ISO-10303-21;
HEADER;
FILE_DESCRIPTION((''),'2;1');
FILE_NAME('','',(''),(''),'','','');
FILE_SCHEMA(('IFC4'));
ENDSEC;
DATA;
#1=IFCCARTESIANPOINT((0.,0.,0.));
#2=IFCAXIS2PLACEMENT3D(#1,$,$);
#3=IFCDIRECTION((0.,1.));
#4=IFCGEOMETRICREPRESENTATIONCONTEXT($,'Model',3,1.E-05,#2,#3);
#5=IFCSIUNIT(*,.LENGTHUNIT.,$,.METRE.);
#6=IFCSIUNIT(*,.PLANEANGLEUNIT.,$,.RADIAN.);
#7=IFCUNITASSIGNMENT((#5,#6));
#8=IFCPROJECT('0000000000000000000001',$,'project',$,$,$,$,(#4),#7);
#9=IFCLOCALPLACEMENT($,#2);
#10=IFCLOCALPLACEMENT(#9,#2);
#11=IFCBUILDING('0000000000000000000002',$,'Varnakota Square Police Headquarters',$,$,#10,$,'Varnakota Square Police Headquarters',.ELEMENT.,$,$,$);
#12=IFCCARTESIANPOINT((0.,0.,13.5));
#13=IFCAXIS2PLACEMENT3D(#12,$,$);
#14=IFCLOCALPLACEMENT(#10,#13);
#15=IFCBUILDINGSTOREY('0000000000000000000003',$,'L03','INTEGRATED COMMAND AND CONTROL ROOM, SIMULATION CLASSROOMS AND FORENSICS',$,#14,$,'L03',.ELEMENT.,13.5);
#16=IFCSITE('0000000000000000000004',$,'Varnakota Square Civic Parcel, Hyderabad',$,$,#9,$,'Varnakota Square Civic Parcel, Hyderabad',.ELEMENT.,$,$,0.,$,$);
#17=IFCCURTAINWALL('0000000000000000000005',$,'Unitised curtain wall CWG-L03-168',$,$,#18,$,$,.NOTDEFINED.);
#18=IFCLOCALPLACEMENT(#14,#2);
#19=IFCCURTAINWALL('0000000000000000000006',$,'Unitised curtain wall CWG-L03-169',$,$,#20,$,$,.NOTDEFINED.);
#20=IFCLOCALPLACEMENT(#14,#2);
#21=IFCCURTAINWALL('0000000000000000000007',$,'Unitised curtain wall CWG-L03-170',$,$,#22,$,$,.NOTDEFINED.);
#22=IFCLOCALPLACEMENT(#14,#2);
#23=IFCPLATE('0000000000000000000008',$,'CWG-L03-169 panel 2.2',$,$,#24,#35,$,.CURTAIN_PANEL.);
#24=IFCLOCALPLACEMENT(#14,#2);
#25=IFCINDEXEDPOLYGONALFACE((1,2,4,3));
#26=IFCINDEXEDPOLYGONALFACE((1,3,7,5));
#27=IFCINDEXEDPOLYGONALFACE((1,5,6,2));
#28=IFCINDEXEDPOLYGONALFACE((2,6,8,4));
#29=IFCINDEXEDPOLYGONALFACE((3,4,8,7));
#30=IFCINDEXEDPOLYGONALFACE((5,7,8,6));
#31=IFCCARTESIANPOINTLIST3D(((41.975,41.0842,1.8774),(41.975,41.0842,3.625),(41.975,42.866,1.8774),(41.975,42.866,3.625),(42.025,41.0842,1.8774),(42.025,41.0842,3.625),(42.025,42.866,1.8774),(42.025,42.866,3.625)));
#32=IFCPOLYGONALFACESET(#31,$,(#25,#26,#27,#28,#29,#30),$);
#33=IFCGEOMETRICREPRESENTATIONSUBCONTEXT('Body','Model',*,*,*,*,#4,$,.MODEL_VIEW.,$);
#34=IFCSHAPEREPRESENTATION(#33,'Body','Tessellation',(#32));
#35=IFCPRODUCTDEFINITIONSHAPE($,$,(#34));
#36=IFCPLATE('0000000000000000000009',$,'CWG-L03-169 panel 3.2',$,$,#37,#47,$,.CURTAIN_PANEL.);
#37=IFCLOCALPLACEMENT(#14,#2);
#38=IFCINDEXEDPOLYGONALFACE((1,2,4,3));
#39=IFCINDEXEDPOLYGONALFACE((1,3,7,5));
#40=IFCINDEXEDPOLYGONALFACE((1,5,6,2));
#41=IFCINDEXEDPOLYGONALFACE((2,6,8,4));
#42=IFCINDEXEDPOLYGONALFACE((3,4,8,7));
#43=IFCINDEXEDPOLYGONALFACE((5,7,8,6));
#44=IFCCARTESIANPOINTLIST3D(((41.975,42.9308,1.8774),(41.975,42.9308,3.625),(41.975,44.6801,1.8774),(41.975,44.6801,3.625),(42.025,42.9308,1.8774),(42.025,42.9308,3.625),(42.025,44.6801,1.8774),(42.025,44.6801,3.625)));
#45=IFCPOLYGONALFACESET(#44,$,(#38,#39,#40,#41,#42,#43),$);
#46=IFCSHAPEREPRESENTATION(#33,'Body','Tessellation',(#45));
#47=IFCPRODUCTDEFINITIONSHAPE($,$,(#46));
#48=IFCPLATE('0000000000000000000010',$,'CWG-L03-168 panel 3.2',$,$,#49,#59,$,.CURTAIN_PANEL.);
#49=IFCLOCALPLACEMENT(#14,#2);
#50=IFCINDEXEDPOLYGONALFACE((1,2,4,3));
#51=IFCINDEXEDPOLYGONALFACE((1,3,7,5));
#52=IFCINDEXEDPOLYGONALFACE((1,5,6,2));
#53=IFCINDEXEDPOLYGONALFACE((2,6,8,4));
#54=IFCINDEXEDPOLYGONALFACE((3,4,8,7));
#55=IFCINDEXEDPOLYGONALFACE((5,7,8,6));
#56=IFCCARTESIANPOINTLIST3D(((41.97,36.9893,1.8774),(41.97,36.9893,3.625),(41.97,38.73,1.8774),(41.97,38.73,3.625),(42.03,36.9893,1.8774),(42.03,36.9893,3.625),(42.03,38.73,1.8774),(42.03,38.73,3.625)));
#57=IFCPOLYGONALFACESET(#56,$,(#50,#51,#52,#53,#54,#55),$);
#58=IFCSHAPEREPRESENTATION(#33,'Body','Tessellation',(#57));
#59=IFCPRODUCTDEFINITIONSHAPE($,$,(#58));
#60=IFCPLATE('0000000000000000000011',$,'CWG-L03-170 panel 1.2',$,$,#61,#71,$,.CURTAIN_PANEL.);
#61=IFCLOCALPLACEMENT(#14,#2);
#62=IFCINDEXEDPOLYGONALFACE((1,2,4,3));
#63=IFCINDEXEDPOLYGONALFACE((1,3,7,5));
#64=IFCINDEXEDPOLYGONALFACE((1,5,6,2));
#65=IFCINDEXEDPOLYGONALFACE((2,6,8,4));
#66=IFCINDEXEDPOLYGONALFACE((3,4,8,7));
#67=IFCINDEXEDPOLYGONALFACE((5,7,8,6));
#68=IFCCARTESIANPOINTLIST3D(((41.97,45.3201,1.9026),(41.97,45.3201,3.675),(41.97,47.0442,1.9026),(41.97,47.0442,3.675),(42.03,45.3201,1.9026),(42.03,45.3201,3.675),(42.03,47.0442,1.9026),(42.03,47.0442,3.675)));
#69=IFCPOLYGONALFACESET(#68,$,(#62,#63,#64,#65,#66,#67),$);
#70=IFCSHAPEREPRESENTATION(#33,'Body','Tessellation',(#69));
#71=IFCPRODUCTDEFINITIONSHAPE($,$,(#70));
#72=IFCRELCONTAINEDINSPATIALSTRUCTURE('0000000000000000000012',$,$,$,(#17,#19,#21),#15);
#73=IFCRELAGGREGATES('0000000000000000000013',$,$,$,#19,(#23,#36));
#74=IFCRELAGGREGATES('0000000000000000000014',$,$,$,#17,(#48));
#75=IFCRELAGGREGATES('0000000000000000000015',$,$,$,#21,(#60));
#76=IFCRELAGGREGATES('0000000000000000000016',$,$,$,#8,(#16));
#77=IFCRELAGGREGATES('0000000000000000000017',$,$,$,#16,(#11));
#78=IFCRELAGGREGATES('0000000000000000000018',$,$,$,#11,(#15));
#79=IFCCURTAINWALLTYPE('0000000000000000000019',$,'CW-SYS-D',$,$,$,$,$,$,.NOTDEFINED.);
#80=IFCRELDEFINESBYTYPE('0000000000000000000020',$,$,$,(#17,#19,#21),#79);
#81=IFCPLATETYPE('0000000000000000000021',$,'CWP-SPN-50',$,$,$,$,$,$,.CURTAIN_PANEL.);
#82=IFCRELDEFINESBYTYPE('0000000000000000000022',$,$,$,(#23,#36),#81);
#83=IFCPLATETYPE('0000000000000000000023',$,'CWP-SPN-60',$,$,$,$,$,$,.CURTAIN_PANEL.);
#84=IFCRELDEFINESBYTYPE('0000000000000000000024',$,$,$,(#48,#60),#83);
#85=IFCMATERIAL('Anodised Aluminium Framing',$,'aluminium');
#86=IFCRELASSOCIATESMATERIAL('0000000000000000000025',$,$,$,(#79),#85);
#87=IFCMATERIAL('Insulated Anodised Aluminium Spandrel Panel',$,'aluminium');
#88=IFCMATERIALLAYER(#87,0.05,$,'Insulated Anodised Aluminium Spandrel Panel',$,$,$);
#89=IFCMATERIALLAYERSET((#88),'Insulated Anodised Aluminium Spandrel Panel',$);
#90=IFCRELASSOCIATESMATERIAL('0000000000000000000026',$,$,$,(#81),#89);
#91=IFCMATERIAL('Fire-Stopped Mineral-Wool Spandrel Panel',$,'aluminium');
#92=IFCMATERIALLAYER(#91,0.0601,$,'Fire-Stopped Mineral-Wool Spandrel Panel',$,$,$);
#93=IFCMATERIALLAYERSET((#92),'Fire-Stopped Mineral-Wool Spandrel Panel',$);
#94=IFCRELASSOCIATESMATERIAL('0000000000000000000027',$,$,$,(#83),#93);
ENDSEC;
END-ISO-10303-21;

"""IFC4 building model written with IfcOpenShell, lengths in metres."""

from ifc_helpers import new_model, si_unit, direction, frame, origin, origin_2d, place, context, subcontext, project, spatial, rectangle, extrude, material, layer, layer_set, type_object, element, aggregate, save


model = new_model("IFC4")

# Units and contexts
model_context = context("Model", 3, precision=1e-05, world=origin(), true_north=direction((0.0, 1.0)))
body_context = subcontext(model_context, "Body", "Model", "MODEL_VIEW")
ifc_project = project(units=[si_unit("LENGTHUNIT", "METRE"), si_unit("PLANEANGLEUNIT", "RADIAN")], contexts=[model_context])

# Site, building, storey
site_placement = place(None, origin())
site = spatial("IfcSite", under=ifc_project, at=site_placement, Name="Varnakota Square Civic Parcel, Hyderabad", LongName="Varnakota Square Civic Parcel, Hyderabad", CompositionType="ELEMENT", RefElevation=0.0)
building_placement = place(site_placement, origin())
building = spatial("IfcBuilding", under=site, at=building_placement, Name="Varnakota Square Police Headquarters", LongName="Varnakota Square Police Headquarters", CompositionType="ELEMENT")
storey_placement = place(building_placement, frame((0.0, 0.0, 13.5)))
storey = spatial("IfcBuildingStorey", under=building, at=storey_placement, Name="L03", Description="INTEGRATED COMMAND AND CONTROL ROOM, SIMULATION CLASSROOMS AND FORENSICS", LongName="L03", CompositionType="ELEMENT", Elevation=13.5)

# Curtain wall
ifc_material_1 = material(Name="Anodised Aluminium Framing", Category="aluminium")
curtain_wall_type = type_object("IfcCurtainWallType", Name="CW-SYS-D", PredefinedType="NOTDEFINED", material=ifc_material_1)
curtain_wall_1_placement = place(storey_placement, origin())
curtain_wall_1 = element("IfcCurtainWall", 1, at=curtain_wall_1_placement, inside=storey, type_object=curtain_wall_type, Name="Unitised curtain wall CWG-L03-168", PredefinedType="NOTDEFINED")

# Curtain walls
curtain_wall_2_placement = place(storey_placement, origin())
curtain_wall_2 = element("IfcCurtainWall", 2, at=curtain_wall_2_placement, inside=storey, type_object=curtain_wall_type, Name="Unitised curtain wall CWG-L03-169", PredefinedType="NOTDEFINED")
curtain_wall_3_placement = place(storey_placement, origin())
curtain_wall_3 = element("IfcCurtainWall", 3, at=curtain_wall_3_placement, inside=storey, type_object=curtain_wall_type, Name="Unitised curtain wall CWG-L03-170", PredefinedType="NOTDEFINED")

# Plates
ifc_material_2 = material(Name="Insulated Anodised Aluminium Spandrel Panel", Category="aluminium")
ifc_layer_1 = layer(ifc_material_2, 0.05, Name="Insulated Anodised Aluminium Spandrel Panel")
ifc_layer_set_1 = layer_set([ifc_layer_1], Name="Insulated Anodised Aluminium Spandrel Panel")
plate_type_1 = type_object("IfcPlateType", Name="CWP-SPN-50", PredefinedType="CURTAIN_PANEL", material=ifc_layer_set_1)
plate_1_placement = place(storey_placement, frame((42.0, 41.9751, 1.8774), z_axis=(0.0, 0.0, 1.0), x_axis=(0.0, 1.0, 0.0)))
plate_1 = element("IfcPlate", 4, at=plate_1_placement, type_object=plate_type_1, Name="CWG-L03-169 panel 2.2", PredefinedType="CURTAIN_PANEL", context=body_context, shape_type="SweptSolid", body=[
    extrude(rectangle(XDim=1.7817, YDim=0.05, at=origin_2d()), origin(), (0.0, 0.0, 1.0), 1.7476),
])
plate_2_placement = place(storey_placement, frame((42.0, 43.8054, 1.8774), z_axis=(0.0, 0.0, 1.0), x_axis=(0.0, 1.0, 0.0)))
plate_2 = element("IfcPlate", 5, at=plate_2_placement, type_object=plate_type_1, Name="CWG-L03-169 panel 3.2", PredefinedType="CURTAIN_PANEL", context=body_context, shape_type="SweptSolid", body=[
    extrude(rectangle(XDim=1.7493, YDim=0.05, at=origin_2d()), origin(), (0.0, 0.0, 1.0), 1.7476),
])
aggregate(curtain_wall_2, [plate_1, plate_2])
ifc_material_3 = material(Name="Fire-Stopped Mineral-Wool Spandrel Panel", Category="aluminium")
ifc_layer_2 = layer(ifc_material_3, 0.0601, Name="Fire-Stopped Mineral-Wool Spandrel Panel")
ifc_layer_set_2 = layer_set([ifc_layer_2], Name="Fire-Stopped Mineral-Wool Spandrel Panel")
plate_type_2 = type_object("IfcPlateType", Name="CWP-SPN-60", PredefinedType="CURTAIN_PANEL", material=ifc_layer_set_2)
plate_3_placement = place(storey_placement, frame((42.0, 37.8596, 1.8774), z_axis=(0.0, 0.0, 1.0), x_axis=(0.0, 1.0, 0.0)))
plate_3 = element("IfcPlate", 6, at=plate_3_placement, type_object=plate_type_2, Name="CWG-L03-168 panel 3.2", PredefinedType="CURTAIN_PANEL", context=body_context, shape_type="SweptSolid", body=[
    extrude(rectangle(XDim=1.7407, YDim=0.0601, at=origin_2d()), origin(), (0.0, 0.0, 1.0), 1.7476),
])
aggregate(curtain_wall_1, [plate_3])
plate_4_placement = place(storey_placement, frame((42.0, 46.1821, 1.9026), z_axis=(0.0, 0.0, 1.0), x_axis=(0.0, 1.0, 0.0)))
plate_4 = element("IfcPlate", 7, at=plate_4_placement, type_object=plate_type_2, Name="CWG-L03-170 panel 1.2", PredefinedType="CURTAIN_PANEL", context=body_context, shape_type="SweptSolid", body=[
    extrude(rectangle(XDim=1.7241, YDim=0.0601, at=origin_2d()), origin(), (0.0, 0.0, 1.0), 1.7725),
])
aggregate(curtain_wall_3, [plate_4])

save(model, "model.ifc")
